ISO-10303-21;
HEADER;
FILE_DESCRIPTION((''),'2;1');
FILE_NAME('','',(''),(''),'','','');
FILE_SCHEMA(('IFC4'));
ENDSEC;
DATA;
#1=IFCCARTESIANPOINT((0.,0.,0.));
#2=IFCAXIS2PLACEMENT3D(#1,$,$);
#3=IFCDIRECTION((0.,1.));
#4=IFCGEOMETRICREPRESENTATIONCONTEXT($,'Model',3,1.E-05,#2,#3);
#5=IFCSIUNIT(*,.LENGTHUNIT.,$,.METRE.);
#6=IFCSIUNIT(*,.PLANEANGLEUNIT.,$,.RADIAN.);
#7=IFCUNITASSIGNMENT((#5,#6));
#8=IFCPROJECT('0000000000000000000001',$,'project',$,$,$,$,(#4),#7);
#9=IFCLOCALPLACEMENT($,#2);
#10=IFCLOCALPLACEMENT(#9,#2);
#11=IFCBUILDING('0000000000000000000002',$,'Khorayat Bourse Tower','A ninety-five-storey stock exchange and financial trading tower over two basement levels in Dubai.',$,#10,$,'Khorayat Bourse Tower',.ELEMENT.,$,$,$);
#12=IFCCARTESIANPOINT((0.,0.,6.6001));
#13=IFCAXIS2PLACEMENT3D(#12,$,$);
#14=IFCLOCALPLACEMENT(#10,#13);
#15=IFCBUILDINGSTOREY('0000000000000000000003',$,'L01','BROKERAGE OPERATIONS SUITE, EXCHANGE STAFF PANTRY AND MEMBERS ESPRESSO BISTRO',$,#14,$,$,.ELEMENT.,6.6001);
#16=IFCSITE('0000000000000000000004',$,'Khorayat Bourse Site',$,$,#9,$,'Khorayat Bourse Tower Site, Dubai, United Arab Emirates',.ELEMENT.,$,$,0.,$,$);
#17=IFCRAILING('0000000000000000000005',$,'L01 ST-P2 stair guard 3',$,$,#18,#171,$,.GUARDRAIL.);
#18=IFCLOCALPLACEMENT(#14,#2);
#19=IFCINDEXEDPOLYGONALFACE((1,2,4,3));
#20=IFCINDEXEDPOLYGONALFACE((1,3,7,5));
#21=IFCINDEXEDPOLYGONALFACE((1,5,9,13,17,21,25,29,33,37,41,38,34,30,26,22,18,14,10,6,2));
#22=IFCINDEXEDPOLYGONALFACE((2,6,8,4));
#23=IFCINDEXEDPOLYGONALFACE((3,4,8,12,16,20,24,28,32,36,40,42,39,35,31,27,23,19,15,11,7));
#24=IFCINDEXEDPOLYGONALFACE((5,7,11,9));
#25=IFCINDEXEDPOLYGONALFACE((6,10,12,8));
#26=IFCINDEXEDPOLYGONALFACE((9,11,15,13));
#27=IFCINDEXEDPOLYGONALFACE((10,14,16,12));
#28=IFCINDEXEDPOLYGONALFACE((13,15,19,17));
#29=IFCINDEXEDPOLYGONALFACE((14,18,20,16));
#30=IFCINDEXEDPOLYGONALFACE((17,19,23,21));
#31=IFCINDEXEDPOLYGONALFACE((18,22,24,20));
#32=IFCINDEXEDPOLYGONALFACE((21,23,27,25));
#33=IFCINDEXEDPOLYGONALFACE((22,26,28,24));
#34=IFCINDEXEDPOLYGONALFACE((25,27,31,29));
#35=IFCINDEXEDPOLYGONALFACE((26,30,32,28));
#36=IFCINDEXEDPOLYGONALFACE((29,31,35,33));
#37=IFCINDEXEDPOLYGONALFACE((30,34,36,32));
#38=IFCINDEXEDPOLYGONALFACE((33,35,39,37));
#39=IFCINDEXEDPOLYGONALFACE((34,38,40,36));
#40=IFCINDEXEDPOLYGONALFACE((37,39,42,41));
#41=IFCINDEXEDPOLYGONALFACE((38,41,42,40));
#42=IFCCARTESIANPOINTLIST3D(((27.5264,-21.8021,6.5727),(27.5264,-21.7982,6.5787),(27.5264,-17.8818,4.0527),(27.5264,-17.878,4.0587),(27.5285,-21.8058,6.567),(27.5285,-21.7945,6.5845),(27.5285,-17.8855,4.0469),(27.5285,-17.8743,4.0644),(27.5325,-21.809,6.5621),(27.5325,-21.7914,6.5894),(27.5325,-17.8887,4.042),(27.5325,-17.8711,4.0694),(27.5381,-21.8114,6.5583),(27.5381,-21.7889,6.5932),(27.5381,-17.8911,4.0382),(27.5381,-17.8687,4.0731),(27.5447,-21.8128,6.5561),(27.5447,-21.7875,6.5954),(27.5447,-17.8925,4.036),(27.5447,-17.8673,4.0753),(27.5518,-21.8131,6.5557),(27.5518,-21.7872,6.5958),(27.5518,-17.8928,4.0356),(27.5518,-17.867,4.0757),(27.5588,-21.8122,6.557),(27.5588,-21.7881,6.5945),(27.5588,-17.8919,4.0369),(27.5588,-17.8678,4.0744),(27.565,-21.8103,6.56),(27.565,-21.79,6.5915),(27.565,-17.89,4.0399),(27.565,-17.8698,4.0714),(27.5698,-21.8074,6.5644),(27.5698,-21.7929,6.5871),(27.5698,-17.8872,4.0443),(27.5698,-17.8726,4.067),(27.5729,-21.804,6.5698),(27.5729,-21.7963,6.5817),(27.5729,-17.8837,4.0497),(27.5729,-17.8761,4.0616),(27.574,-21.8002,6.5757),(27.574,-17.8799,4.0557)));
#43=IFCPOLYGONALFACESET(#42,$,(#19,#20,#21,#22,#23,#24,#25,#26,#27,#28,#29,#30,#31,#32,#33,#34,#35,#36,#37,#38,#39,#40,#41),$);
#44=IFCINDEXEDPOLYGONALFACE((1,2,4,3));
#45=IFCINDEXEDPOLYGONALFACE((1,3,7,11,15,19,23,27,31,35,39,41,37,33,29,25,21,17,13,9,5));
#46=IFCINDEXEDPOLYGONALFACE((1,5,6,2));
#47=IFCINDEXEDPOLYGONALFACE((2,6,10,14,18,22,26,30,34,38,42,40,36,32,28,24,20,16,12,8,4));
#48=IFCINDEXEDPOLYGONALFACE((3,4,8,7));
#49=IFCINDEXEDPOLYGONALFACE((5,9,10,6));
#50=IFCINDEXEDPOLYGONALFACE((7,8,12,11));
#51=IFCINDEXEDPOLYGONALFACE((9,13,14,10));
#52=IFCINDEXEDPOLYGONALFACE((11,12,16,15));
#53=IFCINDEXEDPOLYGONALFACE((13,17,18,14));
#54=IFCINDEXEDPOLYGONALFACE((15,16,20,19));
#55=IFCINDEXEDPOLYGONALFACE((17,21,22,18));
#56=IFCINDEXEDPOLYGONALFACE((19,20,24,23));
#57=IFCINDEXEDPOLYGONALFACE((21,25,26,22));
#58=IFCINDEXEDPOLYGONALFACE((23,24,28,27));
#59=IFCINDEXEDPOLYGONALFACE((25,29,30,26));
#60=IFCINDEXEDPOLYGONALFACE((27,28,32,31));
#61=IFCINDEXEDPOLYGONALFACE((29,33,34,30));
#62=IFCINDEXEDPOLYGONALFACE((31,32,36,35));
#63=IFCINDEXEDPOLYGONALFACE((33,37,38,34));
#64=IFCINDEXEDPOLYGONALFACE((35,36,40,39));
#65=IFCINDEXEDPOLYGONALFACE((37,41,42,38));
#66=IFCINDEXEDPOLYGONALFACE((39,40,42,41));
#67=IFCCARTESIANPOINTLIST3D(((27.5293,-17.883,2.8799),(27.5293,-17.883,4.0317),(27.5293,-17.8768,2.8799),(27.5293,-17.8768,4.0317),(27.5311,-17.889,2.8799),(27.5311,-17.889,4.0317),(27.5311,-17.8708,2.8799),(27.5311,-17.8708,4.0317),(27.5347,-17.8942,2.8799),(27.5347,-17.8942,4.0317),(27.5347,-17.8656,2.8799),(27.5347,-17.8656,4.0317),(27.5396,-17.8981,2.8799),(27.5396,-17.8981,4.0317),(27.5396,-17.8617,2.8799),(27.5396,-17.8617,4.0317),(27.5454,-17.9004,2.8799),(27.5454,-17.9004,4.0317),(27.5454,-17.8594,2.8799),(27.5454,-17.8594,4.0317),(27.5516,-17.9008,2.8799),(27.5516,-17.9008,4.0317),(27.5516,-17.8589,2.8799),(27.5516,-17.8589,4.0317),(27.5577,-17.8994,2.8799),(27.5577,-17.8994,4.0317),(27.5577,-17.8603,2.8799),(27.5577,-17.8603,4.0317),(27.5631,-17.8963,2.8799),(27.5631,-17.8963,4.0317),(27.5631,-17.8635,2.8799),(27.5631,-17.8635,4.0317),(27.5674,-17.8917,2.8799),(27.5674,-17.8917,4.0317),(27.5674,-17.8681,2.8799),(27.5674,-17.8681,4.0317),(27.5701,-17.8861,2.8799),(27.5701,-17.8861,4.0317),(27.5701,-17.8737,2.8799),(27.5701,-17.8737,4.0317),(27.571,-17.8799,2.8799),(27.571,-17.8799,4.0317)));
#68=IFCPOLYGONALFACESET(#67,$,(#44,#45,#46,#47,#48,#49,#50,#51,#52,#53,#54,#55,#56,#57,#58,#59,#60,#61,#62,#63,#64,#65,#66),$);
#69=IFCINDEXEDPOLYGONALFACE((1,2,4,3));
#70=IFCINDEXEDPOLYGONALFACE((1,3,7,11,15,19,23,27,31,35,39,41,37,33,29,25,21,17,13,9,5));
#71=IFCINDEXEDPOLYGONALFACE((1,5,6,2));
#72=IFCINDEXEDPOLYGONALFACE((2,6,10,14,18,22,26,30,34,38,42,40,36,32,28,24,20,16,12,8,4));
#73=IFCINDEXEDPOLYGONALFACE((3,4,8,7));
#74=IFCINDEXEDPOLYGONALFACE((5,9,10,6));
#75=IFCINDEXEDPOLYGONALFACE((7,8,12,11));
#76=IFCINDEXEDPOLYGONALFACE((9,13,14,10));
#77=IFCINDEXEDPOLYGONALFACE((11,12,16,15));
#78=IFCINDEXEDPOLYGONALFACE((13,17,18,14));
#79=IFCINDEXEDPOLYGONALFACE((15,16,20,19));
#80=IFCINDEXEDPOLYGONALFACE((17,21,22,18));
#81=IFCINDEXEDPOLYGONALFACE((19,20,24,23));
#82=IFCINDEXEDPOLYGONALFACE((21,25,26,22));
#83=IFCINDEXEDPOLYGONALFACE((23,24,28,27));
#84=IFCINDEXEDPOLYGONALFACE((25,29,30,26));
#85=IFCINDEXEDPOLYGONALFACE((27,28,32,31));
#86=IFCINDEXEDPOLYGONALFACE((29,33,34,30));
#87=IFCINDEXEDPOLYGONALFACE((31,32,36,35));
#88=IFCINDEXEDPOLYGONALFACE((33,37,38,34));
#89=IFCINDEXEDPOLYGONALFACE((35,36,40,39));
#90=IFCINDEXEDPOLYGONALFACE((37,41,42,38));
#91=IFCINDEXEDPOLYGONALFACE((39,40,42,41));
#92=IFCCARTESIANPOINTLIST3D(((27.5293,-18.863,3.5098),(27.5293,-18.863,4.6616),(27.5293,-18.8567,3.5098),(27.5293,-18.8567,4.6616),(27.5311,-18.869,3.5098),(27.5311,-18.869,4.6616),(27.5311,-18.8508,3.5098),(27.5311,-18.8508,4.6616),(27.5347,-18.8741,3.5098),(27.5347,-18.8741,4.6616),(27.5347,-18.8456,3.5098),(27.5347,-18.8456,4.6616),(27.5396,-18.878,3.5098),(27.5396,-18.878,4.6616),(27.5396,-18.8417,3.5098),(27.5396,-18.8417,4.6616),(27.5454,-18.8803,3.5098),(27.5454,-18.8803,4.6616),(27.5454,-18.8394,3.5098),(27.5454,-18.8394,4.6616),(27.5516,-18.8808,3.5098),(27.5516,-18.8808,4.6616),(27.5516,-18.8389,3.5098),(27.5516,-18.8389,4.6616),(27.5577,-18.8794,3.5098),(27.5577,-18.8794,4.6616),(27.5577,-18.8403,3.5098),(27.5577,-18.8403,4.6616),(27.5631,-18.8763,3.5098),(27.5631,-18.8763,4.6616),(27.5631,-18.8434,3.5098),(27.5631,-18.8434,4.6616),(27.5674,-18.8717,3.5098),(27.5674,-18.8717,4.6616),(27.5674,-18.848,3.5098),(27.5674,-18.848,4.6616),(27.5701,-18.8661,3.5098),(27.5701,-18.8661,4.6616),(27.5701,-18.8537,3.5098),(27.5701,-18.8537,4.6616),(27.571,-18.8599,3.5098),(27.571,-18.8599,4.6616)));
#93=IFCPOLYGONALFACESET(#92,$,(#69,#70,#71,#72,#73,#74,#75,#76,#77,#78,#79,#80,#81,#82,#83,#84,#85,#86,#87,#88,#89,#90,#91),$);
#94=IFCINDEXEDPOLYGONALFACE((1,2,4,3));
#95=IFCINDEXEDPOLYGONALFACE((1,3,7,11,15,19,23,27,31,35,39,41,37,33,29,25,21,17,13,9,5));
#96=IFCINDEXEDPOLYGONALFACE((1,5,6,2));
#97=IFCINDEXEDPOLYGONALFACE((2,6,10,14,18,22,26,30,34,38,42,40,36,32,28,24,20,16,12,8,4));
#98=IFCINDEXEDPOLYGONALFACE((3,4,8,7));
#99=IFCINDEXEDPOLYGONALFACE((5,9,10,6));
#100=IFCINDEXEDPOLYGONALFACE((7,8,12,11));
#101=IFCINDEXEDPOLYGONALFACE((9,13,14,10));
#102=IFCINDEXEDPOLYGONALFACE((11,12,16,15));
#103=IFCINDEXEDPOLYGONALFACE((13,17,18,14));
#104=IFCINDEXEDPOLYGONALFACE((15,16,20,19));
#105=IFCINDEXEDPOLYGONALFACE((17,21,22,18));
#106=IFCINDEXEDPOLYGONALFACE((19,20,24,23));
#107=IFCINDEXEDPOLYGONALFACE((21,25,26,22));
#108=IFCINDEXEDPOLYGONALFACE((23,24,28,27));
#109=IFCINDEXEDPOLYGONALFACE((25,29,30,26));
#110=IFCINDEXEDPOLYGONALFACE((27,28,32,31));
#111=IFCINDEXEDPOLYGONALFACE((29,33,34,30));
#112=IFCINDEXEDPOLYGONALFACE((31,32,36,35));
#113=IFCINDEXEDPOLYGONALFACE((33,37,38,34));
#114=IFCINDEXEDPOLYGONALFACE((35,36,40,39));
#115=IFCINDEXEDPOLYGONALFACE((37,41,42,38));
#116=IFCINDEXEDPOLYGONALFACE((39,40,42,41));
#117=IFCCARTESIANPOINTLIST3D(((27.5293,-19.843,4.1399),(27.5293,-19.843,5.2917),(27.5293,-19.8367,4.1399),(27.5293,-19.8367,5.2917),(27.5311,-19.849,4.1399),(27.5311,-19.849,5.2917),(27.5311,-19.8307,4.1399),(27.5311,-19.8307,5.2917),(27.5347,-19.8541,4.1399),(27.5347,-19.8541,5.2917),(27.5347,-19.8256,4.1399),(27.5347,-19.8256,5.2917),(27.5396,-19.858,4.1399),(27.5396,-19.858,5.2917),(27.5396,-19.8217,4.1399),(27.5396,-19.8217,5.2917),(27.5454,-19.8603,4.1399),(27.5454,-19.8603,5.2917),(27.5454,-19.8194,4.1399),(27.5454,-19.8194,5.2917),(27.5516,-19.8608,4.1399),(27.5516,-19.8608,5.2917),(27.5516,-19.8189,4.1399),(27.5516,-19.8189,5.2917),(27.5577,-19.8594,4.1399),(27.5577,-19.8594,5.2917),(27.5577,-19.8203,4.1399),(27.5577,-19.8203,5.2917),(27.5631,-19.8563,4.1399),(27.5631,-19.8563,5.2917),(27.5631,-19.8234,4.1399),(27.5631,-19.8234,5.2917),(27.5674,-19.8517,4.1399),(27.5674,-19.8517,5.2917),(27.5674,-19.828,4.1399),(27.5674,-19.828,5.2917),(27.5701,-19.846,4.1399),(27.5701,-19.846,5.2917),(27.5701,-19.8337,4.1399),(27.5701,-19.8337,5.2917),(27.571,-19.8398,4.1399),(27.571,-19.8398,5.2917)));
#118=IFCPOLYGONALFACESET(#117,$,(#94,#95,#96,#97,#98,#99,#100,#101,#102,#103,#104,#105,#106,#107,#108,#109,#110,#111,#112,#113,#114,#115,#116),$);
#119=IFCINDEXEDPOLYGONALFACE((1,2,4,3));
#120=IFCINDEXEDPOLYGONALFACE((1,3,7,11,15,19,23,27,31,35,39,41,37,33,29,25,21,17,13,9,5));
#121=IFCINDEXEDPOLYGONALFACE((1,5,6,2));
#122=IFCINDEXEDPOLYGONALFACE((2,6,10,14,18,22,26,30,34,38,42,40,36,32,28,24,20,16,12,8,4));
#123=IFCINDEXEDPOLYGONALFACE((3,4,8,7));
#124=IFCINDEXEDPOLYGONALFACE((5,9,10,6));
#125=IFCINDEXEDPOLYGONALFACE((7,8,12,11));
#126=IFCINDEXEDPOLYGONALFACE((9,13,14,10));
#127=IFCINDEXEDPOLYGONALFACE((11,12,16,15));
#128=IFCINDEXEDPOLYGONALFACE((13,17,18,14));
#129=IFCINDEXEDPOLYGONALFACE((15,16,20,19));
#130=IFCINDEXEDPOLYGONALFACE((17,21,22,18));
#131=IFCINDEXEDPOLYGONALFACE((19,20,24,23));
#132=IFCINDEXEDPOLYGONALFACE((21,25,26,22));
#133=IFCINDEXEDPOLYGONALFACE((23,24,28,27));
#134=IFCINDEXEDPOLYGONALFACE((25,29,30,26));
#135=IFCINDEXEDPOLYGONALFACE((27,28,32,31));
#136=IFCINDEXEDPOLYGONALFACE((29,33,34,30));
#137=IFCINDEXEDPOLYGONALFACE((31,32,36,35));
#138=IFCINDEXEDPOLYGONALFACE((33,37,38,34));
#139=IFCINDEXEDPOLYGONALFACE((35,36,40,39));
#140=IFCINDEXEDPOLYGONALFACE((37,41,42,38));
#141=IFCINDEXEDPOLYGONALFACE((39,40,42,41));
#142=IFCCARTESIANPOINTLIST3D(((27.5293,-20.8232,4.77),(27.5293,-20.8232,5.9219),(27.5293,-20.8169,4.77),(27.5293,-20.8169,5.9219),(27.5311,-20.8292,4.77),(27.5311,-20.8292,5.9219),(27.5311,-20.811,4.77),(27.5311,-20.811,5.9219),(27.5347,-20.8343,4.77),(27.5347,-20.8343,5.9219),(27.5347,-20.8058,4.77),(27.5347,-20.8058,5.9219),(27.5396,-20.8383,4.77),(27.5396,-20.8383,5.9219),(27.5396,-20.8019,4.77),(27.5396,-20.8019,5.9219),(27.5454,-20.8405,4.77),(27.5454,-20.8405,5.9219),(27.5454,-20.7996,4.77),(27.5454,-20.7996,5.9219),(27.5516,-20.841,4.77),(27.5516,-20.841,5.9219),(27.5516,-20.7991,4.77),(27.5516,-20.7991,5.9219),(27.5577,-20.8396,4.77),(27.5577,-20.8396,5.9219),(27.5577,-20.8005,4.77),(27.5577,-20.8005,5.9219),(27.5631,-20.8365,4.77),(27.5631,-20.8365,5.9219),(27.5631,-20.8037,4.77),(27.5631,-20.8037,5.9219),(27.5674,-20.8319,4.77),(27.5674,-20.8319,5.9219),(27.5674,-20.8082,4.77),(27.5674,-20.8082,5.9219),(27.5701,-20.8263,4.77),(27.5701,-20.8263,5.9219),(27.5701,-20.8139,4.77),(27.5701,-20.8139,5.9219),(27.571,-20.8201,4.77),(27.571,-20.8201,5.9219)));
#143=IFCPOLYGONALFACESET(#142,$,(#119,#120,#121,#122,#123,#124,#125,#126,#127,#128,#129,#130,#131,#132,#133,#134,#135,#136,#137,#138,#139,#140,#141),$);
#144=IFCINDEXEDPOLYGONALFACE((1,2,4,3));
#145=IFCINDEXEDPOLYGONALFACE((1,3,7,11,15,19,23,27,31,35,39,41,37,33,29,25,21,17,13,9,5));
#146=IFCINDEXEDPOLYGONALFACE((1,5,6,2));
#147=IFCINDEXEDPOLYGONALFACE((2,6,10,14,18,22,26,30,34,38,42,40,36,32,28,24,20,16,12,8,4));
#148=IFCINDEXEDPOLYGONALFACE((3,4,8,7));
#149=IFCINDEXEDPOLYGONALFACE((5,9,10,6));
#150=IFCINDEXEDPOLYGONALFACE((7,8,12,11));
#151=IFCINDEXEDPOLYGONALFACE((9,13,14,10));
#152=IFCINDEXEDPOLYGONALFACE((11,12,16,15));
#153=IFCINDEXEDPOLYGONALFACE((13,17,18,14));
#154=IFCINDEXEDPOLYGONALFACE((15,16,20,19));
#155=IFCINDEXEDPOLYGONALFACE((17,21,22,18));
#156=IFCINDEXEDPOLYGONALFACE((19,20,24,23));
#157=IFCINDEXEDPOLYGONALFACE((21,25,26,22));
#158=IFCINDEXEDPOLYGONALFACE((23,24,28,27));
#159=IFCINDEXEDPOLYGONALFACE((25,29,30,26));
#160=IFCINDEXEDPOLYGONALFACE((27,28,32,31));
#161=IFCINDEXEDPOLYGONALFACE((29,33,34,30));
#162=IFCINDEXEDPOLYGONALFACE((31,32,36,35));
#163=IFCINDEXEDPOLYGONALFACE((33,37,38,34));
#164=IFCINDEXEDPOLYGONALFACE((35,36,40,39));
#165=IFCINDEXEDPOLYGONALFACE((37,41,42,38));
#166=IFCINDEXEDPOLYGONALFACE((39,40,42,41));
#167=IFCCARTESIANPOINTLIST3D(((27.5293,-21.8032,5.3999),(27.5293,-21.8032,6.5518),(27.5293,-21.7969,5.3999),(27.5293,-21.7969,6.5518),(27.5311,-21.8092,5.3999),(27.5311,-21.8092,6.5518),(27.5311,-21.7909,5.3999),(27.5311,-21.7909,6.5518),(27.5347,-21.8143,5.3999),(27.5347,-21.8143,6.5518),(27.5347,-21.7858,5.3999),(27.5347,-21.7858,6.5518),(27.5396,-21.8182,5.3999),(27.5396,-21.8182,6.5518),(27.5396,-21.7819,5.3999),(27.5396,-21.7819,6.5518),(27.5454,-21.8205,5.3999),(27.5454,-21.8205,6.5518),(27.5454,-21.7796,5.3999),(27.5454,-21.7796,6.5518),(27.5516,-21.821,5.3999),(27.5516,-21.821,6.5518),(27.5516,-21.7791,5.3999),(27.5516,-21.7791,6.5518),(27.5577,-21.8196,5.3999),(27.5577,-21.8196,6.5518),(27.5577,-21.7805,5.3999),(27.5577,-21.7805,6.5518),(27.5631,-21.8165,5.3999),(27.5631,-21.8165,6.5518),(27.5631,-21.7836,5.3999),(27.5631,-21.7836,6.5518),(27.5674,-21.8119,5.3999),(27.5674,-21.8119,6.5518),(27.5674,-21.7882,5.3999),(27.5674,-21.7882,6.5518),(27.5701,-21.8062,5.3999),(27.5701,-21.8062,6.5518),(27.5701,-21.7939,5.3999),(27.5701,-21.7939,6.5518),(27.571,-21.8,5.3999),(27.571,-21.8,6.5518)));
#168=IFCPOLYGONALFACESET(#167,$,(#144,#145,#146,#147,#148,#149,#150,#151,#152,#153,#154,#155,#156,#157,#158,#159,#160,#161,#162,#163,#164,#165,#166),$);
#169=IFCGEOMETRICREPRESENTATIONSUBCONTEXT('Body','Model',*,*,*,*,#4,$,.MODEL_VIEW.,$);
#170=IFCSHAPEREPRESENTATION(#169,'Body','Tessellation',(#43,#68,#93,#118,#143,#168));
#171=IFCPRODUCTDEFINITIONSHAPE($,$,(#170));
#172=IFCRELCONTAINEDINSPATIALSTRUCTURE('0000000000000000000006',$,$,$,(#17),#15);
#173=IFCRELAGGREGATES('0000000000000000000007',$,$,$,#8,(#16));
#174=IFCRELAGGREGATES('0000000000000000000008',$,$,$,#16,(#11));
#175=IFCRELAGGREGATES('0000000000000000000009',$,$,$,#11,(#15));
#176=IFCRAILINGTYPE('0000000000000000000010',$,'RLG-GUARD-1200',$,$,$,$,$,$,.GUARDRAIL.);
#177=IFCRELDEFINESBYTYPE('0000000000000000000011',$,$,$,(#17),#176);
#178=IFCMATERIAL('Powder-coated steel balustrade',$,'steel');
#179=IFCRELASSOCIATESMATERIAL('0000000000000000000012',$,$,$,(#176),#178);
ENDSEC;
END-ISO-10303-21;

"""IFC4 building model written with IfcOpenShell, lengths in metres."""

from ifc_helpers import new_model, si_unit, direction, frame, origin, origin_2d, place, context, subcontext, project, spatial, circle, extrude, source, transform, mapped, material, type_object, element, save


model = new_model("IFC4")

# Units and contexts
model_context = context("Model", 3, precision=1e-05, world=origin(), true_north=direction((0.0, 1.0)))
body_context = subcontext(model_context, "Body", "Model", "MODEL_VIEW")
ifc_project = project(units=[si_unit("LENGTHUNIT", "METRE"), si_unit("PLANEANGLEUNIT", "RADIAN")], contexts=[model_context])

# Site, building, storey
site_placement = place(None, origin())
site = spatial("IfcSite", under=ifc_project, at=site_placement, Name="Khorayat Bourse Site", LongName="Khorayat Bourse Tower Site, Dubai, United Arab Emirates", CompositionType="ELEMENT", RefElevation=0.0)
building_placement = place(site_placement, origin())
building = spatial("IfcBuilding", under=site, at=building_placement, Name="Khorayat Bourse Tower", Description="A ninety-five-storey stock exchange and financial trading tower over two basement levels in Dubai.", LongName="Khorayat Bourse Tower", CompositionType="ELEMENT")
storey_placement = place(building_placement, frame((0.0, 0.0, 6.6001)))
storey = spatial("IfcBuildingStorey", under=building, at=storey_placement, Name="L01", Description="BROKERAGE OPERATIONS SUITE, EXCHANGE STAFF PANTRY AND MEMBERS ESPRESSO BISTRO", CompositionType="ELEMENT", Elevation=6.6001)

# Railing
ifc_material_1 = material(Name="Powder-coated steel balustrade", Category="steel")
railing_type_1 = type_object("IfcRailingType", Name="RLG-GUARD-1200", PredefinedType="GUARDRAIL", material=ifc_material_1)
shared_shape_1 = source(origin(), body_context, "Body", "SweptSolid", [
    extrude(circle(Radius=0.0239, at=origin_2d()), frame((0.0, 0.0, 1.1758), z_axis=(0.0, -0.841187, 0.540744), x_axis=(1.0, 0.0, 0.0)), (0.0, 0.0, 1.0), 4.6604),
    extrude(circle(Radius=0.021, at=origin_2d()), origin(), (0.0, 0.0, 1.0), 1.1519),
    extrude(circle(Radius=0.021, at=origin_2d()), frame((0.0, -0.98, 0.6299)), (0.0, 0.0, 1.0), 1.1519),
    extrude(circle(Radius=0.021, at=origin_2d()), frame((0.0, -1.96, 1.26)), (0.0, 0.0, 1.0), 1.1519),
    extrude(circle(Radius=0.021, at=origin_2d()), frame((0.0, -2.9402, 1.8901)), (0.0, 0.0, 1.0), 1.1519),
    extrude(circle(Radius=0.021, at=origin_2d()), frame((0.0, -3.9202, 2.52)), (0.0, 0.0, 1.0), 1.1519),
])
railing_1_placement = place(storey_placement, frame((27.55, -17.8799, 2.8799)))
element("IfcRailing", 1, at=railing_1_placement, inside=storey, type_object=railing_type_1, Name="L01 ST-P2 stair guard 3", PredefinedType="GUARDRAIL", context=body_context, shape_type="MappedRepresentation", body=[
    mapped(shared_shape_1, transform((0.0, 0.0, 0.0), scale=1.0)),
])

save(model, "model.ifc")
